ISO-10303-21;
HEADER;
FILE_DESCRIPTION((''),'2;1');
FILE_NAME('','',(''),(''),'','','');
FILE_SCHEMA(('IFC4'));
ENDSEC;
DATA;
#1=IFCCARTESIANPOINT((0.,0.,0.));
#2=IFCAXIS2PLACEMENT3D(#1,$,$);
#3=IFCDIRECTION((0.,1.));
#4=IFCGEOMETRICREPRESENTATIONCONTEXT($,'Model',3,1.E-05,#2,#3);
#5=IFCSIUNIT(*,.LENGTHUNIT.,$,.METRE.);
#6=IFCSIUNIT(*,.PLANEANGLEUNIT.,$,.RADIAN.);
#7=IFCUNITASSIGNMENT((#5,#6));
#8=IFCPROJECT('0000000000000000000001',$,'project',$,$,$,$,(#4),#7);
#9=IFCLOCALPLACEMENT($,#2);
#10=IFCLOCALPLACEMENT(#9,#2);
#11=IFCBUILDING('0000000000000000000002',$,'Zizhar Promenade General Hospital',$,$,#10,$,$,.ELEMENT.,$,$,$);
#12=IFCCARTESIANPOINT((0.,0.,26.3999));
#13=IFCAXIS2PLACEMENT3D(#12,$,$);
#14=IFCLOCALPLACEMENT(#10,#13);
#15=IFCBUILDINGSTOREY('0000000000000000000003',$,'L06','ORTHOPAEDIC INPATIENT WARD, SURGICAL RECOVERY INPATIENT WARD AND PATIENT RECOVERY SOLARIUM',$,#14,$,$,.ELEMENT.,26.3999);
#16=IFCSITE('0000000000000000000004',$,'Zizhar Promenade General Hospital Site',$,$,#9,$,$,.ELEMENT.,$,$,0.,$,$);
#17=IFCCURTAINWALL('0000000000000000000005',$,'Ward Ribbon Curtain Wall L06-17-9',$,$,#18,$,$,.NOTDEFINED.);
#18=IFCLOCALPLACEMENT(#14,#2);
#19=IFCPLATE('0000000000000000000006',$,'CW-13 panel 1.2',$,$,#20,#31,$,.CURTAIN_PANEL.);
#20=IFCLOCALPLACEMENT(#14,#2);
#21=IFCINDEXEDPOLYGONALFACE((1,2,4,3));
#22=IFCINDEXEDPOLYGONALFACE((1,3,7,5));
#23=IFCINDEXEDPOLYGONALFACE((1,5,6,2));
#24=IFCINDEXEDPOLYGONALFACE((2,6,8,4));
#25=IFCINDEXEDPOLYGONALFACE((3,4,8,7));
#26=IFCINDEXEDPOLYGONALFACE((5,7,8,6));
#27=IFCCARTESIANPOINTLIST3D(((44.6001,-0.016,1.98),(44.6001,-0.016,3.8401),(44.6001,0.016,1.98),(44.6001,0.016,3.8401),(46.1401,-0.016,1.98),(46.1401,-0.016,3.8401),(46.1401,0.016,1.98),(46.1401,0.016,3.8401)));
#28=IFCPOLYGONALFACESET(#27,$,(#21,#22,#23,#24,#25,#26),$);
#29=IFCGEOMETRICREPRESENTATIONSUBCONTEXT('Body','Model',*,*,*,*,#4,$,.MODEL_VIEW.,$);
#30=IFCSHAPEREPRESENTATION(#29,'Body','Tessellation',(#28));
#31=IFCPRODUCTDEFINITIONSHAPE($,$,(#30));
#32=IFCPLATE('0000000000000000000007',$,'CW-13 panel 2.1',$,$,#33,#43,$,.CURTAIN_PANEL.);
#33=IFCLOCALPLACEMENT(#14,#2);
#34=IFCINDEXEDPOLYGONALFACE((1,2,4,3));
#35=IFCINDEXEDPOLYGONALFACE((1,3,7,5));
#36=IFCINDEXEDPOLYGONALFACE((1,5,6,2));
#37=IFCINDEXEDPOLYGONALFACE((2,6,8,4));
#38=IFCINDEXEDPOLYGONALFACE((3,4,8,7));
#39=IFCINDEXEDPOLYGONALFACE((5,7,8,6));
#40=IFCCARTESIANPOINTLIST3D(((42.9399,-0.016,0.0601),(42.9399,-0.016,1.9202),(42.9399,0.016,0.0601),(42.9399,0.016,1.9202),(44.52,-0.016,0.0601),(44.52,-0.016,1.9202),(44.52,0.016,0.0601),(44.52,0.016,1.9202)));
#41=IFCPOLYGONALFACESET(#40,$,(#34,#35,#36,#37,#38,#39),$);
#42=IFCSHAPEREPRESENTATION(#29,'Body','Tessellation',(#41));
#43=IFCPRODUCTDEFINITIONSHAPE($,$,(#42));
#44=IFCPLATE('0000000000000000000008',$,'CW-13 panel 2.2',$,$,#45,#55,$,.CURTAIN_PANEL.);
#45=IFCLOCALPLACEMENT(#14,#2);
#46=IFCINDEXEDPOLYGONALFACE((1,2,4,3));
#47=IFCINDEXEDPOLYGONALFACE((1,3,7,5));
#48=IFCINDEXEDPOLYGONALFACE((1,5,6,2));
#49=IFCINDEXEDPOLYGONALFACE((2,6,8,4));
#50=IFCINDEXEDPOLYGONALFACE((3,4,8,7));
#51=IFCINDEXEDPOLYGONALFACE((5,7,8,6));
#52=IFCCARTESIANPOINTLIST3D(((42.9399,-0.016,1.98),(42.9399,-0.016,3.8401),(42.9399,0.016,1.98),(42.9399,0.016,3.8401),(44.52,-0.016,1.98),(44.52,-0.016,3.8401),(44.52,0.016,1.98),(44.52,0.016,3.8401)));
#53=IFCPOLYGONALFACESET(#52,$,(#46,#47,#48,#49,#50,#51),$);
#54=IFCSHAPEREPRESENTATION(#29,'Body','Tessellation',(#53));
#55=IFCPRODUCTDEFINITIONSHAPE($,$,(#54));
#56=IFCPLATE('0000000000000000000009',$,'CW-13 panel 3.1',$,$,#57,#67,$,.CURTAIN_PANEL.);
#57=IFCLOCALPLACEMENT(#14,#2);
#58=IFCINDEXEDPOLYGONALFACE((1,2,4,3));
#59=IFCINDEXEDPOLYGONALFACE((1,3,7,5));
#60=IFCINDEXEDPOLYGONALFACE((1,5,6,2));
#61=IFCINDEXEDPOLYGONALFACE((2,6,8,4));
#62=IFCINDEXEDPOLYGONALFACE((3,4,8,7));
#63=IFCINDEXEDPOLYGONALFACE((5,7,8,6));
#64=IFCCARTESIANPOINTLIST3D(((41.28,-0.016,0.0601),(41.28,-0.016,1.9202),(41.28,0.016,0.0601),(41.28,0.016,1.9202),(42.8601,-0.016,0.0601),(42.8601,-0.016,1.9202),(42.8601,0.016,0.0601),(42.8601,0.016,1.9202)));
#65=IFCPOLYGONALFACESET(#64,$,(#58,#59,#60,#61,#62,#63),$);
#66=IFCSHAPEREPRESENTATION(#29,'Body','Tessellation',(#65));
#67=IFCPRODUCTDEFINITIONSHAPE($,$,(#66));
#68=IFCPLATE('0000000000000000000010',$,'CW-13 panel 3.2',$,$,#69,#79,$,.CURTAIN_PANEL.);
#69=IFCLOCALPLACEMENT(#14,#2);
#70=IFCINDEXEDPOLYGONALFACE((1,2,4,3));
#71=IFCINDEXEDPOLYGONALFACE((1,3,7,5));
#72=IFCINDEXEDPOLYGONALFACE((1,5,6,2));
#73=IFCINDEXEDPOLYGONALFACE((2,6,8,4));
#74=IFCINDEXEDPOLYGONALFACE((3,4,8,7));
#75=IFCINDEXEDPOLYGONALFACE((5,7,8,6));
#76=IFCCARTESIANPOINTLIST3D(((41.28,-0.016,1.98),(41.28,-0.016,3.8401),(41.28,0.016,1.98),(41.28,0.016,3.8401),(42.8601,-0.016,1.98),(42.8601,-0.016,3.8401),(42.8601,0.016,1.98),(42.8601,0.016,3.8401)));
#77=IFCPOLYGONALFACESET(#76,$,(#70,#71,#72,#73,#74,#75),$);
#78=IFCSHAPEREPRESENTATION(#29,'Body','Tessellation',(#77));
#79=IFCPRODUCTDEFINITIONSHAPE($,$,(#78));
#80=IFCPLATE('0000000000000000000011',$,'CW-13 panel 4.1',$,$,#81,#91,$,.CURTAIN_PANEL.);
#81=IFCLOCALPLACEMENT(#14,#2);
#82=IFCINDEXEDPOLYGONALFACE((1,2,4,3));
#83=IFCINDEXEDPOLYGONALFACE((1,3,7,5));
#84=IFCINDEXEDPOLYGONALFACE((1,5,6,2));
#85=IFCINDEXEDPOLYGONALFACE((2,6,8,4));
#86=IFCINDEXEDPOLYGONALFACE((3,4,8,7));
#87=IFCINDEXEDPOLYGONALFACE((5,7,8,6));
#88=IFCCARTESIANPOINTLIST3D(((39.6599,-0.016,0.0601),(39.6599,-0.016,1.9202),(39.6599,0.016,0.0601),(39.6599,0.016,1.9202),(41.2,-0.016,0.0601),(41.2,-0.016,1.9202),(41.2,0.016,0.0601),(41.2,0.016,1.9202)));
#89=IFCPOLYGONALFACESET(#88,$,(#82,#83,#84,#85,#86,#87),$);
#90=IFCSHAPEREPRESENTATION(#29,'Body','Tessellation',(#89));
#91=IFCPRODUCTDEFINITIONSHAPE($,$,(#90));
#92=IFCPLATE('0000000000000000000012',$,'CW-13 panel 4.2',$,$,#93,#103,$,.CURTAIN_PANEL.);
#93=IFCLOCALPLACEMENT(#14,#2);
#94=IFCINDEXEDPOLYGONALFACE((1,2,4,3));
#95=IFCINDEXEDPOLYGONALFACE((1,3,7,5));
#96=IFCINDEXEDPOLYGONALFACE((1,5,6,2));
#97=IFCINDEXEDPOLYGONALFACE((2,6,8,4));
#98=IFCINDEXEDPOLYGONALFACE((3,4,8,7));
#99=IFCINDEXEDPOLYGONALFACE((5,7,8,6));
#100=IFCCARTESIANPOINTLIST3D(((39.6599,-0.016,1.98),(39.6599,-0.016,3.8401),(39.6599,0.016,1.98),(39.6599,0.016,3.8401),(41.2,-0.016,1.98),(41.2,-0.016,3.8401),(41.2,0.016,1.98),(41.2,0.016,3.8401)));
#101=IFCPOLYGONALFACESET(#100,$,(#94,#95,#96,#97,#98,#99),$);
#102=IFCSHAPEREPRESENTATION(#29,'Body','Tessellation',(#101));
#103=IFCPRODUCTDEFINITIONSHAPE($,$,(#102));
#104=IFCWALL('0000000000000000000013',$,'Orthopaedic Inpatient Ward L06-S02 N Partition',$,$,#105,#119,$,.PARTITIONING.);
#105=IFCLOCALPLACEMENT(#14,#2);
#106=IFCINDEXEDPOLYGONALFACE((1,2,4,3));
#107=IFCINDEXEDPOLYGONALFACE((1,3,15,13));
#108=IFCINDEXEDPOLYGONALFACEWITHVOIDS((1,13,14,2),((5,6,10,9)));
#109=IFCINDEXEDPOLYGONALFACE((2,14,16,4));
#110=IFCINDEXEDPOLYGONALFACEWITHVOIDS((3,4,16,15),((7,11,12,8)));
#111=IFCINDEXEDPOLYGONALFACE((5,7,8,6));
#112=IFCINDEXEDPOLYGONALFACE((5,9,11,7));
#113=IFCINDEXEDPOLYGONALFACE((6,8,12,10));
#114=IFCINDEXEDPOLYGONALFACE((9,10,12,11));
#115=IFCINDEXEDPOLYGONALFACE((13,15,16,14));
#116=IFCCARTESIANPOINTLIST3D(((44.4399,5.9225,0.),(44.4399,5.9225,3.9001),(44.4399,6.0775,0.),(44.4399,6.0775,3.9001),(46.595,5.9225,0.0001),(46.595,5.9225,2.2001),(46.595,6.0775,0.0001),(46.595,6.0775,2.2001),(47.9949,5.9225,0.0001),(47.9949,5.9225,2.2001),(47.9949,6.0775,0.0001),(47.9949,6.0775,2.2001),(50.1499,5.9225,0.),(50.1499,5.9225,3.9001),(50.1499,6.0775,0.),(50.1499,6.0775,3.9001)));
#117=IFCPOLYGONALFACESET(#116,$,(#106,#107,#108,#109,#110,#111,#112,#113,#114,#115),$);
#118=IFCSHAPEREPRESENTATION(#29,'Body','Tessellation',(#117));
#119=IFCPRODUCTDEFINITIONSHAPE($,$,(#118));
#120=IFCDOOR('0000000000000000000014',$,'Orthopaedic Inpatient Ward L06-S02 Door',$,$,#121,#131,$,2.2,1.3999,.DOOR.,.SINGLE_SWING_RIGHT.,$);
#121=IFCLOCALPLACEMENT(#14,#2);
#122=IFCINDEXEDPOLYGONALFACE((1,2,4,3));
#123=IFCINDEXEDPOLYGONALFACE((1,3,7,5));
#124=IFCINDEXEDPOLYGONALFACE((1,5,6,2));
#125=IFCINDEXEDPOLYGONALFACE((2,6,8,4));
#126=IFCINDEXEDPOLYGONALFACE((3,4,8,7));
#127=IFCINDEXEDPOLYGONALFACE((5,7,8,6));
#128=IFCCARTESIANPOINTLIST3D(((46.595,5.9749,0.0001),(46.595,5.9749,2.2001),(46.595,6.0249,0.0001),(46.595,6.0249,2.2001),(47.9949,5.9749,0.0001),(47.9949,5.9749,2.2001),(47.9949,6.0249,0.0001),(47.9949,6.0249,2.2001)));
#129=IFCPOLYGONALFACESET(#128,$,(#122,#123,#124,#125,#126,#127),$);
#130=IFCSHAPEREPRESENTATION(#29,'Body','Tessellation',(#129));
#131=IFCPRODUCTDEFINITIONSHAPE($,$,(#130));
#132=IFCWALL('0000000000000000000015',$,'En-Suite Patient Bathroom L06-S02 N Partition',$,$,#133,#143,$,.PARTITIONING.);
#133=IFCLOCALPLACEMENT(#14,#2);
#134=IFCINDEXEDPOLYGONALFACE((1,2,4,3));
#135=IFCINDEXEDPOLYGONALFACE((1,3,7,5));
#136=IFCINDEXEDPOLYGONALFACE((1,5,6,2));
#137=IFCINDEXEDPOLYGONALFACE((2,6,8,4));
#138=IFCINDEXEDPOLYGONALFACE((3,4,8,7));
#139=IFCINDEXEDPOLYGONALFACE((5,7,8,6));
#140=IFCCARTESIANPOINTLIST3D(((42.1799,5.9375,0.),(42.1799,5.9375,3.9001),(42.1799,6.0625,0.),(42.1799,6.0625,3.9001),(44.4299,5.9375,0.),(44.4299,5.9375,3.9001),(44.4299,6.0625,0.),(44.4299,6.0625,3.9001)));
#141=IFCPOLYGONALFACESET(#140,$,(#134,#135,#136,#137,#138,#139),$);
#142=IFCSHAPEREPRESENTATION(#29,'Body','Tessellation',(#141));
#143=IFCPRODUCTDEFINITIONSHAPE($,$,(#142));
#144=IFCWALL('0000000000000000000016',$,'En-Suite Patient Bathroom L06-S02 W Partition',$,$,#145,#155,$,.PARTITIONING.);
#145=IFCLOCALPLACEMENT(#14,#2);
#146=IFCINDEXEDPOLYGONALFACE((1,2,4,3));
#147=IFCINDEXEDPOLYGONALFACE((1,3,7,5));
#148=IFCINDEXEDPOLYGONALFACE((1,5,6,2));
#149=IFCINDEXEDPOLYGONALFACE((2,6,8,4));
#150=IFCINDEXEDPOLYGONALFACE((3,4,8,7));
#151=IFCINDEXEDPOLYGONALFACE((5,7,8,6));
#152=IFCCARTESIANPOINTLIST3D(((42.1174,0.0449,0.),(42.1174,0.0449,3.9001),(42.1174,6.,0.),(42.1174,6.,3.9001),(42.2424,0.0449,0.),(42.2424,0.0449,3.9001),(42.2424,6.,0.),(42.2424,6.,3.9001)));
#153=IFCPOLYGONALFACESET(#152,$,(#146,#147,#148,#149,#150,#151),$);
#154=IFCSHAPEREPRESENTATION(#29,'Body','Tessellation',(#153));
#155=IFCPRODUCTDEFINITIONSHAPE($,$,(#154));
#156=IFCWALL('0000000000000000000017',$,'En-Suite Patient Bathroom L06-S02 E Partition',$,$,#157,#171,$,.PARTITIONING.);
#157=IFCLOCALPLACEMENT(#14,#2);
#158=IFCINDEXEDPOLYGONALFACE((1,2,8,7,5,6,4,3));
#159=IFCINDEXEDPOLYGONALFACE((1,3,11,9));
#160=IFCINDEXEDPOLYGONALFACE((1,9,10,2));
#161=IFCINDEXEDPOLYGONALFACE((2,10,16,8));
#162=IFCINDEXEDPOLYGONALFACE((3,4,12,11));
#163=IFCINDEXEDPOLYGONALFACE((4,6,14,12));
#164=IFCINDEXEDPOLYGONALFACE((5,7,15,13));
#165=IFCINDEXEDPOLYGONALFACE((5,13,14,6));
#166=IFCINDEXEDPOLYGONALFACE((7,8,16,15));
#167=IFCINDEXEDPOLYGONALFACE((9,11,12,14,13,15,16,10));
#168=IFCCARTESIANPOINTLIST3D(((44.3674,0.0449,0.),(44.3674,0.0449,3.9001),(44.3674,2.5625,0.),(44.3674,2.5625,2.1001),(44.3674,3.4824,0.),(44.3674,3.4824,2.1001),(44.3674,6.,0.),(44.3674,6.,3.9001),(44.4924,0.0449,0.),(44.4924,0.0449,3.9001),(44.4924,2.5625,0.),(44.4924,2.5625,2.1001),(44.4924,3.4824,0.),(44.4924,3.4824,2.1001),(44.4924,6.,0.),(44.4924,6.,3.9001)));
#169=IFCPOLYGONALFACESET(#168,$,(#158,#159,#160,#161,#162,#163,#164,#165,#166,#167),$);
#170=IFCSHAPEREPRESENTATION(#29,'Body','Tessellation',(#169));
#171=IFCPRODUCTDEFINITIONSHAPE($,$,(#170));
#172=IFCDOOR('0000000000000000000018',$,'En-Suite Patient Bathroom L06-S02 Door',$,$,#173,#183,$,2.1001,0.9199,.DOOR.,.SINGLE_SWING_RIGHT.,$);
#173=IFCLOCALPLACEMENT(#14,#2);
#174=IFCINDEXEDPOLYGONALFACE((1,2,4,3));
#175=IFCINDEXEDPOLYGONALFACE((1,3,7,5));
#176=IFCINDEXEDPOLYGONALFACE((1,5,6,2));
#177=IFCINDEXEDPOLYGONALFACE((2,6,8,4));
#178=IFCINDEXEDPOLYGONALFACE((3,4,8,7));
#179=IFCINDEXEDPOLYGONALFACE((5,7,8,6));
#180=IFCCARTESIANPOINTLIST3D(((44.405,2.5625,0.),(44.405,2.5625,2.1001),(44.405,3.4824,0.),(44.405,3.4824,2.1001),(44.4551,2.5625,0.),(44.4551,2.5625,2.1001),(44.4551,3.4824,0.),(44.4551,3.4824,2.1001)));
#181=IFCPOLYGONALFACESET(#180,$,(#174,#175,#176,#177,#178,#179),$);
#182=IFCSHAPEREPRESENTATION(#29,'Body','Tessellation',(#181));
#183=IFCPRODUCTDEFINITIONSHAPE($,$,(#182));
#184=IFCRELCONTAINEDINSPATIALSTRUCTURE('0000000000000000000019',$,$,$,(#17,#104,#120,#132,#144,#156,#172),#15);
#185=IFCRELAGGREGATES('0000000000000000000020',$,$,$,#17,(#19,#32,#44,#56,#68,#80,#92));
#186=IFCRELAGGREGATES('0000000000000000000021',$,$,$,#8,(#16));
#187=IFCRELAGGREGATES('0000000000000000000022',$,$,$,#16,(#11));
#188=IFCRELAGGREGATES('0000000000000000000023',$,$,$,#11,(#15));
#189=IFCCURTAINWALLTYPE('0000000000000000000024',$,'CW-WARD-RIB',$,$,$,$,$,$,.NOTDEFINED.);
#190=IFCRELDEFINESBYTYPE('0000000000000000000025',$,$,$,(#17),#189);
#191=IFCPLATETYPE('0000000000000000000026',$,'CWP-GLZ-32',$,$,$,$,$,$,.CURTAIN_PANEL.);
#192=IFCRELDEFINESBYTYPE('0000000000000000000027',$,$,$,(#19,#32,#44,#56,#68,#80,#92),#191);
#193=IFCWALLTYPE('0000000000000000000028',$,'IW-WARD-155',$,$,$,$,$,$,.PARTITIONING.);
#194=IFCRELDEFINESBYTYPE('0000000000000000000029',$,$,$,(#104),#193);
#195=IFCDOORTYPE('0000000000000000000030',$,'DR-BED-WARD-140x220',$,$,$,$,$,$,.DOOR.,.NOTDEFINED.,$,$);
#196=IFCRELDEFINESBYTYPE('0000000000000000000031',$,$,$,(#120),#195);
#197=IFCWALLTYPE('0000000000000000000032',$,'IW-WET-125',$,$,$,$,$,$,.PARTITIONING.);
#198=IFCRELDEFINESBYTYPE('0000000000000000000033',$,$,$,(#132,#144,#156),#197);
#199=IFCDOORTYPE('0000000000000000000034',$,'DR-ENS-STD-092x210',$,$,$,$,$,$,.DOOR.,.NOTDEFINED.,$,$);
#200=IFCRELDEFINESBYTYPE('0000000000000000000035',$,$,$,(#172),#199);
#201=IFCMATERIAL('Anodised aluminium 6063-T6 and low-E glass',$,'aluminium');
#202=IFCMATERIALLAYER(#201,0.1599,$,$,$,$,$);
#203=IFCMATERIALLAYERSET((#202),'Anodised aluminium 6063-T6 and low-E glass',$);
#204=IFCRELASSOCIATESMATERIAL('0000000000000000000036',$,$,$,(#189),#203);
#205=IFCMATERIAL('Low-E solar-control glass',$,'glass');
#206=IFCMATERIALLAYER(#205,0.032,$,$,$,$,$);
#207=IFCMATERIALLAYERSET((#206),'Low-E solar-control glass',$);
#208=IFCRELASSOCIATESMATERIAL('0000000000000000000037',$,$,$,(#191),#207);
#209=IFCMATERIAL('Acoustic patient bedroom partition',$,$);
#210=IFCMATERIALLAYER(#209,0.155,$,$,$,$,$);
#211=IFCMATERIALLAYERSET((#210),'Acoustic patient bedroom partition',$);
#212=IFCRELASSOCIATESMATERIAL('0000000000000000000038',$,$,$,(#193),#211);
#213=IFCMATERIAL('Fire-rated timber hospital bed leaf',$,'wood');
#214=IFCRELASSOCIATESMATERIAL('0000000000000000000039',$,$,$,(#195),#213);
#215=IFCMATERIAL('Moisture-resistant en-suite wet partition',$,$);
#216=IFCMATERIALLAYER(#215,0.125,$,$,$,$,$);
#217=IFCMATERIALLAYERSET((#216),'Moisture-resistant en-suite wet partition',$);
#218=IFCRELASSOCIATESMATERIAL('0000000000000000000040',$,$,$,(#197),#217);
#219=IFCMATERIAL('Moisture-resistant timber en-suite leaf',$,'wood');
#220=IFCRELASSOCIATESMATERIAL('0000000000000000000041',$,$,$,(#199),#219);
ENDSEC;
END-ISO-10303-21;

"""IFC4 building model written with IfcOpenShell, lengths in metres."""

from ifc_helpers import new_model, si_unit, direction, frame, frame_2d, origin, origin_2d, place, context, subcontext, project, spatial, rectangle, extrude, material, layer, layer_set, type_object, element, fill, aggregate, save


model = new_model("IFC4")

# Units and contexts
model_context = context("Model", 3, precision=1e-05, world=origin(), true_north=direction((0.0, 1.0)))
body_context = subcontext(model_context, "Body", "Model", "MODEL_VIEW")
ifc_project = project(units=[si_unit("LENGTHUNIT", "METRE"), si_unit("PLANEANGLEUNIT", "RADIAN")], contexts=[model_context])

# Site, building, storey
site_placement = place(None, origin())
site = spatial("IfcSite", under=ifc_project, at=site_placement, Name="Zizhar Promenade General Hospital Site", CompositionType="ELEMENT", RefElevation=0.0)
building_placement = place(site_placement, origin())
building = spatial("IfcBuilding", under=site, at=building_placement, Name="Zizhar Promenade General Hospital", CompositionType="ELEMENT")
storey_placement = place(building_placement, frame((0.0, 0.0, 26.3999)))
storey = spatial("IfcBuildingStorey", under=building, at=storey_placement, Name="L06", Description="ORTHOPAEDIC INPATIENT WARD, SURGICAL RECOVERY INPATIENT WARD AND PATIENT RECOVERY SOLARIUM", CompositionType="ELEMENT", Elevation=26.3999)

# Curtain wall, plates
ifc_material_1 = material(Name="Anodised aluminium 6063-T6 and low-E glass", Category="aluminium")
ifc_layer_1 = layer(ifc_material_1, 0.1599)
ifc_layer_set_1 = layer_set([ifc_layer_1], Name="Anodised aluminium 6063-T6 and low-E glass")
curtain_wall_type = type_object("IfcCurtainWallType", Name="CW-WARD-RIB", PredefinedType="NOTDEFINED", material=ifc_layer_set_1)
curtain_wall_placement = place(storey_placement, origin())
curtain_wall = element("IfcCurtainWall", 1, at=curtain_wall_placement, inside=storey, type_object=curtain_wall_type, Name="Ward Ribbon Curtain Wall L06-17-9", PredefinedType="NOTDEFINED")
ifc_material_2 = material(Name="Low-E solar-control glass", Category="glass")
ifc_layer_2 = layer(ifc_material_2, 0.032)
ifc_layer_set_2 = layer_set([ifc_layer_2], Name="Low-E solar-control glass")
plate_type = type_object("IfcPlateType", Name="CWP-GLZ-32", PredefinedType="CURTAIN_PANEL", material=ifc_layer_set_2)
plate_1_placement = place(storey_placement, frame((45.3701, 0.0, 1.98), z_axis=(0.0, 0.0, 1.0), x_axis=(-1.0, 0.0, 0.0)))
plate_1 = element("IfcPlate", 2, at=plate_1_placement, type_object=plate_type, Name="CW-13 panel 1.2", PredefinedType="CURTAIN_PANEL", context=body_context, shape_type="SweptSolid", body=[
    extrude(rectangle(XDim=1.54, YDim=0.032, at=origin_2d()), origin(), (0.0, 0.0, 1.0), 1.8601),
])
plate_2_placement = place(storey_placement, frame((43.73, 0.0, 0.0601), z_axis=(0.0, 0.0, 1.0), x_axis=(-1.0, 0.0, 0.0)))
plate_2 = element("IfcPlate", 3, at=plate_2_placement, type_object=plate_type, Name="CW-13 panel 2.1", PredefinedType="CURTAIN_PANEL", context=body_context, shape_type="SweptSolid", body=[
    extrude(rectangle(XDim=1.5801, YDim=0.032, at=origin_2d()), origin(), (0.0, 0.0, 1.0), 1.8601),
])
plate_3_placement = place(storey_placement, frame((43.73, 0.0, 1.98), z_axis=(0.0, 0.0, 1.0), x_axis=(-1.0, 0.0, 0.0)))
plate_3 = element("IfcPlate", 4, at=plate_3_placement, type_object=plate_type, Name="CW-13 panel 2.2", PredefinedType="CURTAIN_PANEL", context=body_context, shape_type="SweptSolid", body=[
    extrude(rectangle(XDim=1.5801, YDim=0.032, at=origin_2d()), origin(), (0.0, 0.0, 1.0), 1.8601),
])
plate_4_placement = place(storey_placement, frame((42.0701, 0.0, 0.0601), z_axis=(0.0, 0.0, 1.0), x_axis=(-1.0, 0.0, 0.0)))
plate_4 = element("IfcPlate", 5, at=plate_4_placement, type_object=plate_type, Name="CW-13 panel 3.1", PredefinedType="CURTAIN_PANEL", context=body_context, shape_type="SweptSolid", body=[
    extrude(rectangle(XDim=1.5801, YDim=0.032, at=origin_2d()), origin(), (0.0, 0.0, 1.0), 1.8601),
])
plate_5_placement = place(storey_placement, frame((42.0701, 0.0, 1.98), z_axis=(0.0, 0.0, 1.0), x_axis=(-1.0, 0.0, 0.0)))
plate_5 = element("IfcPlate", 6, at=plate_5_placement, type_object=plate_type, Name="CW-13 panel 3.2", PredefinedType="CURTAIN_PANEL", context=body_context, shape_type="SweptSolid", body=[
    extrude(rectangle(XDim=1.5801, YDim=0.032, at=origin_2d()), origin(), (0.0, 0.0, 1.0), 1.8601),
])
plate_6_placement = place(storey_placement, frame((40.4299, 0.0, 0.0601), z_axis=(0.0, 0.0, 1.0), x_axis=(-1.0, 0.0, 0.0)))
plate_6 = element("IfcPlate", 7, at=plate_6_placement, type_object=plate_type, Name="CW-13 panel 4.1", PredefinedType="CURTAIN_PANEL", context=body_context, shape_type="SweptSolid", body=[
    extrude(rectangle(XDim=1.54, YDim=0.032, at=origin_2d()), origin(), (0.0, 0.0, 1.0), 1.8601),
])
plate_7_placement = place(storey_placement, frame((40.4299, 0.0, 1.98), z_axis=(0.0, 0.0, 1.0), x_axis=(-1.0, 0.0, 0.0)))
plate_7 = element("IfcPlate", 8, at=plate_7_placement, type_object=plate_type, Name="CW-13 panel 4.2", PredefinedType="CURTAIN_PANEL", context=body_context, shape_type="SweptSolid", body=[
    extrude(rectangle(XDim=1.54, YDim=0.032, at=origin_2d()), origin(), (0.0, 0.0, 1.0), 1.8601),
])
aggregate(curtain_wall, [plate_1, plate_2, plate_3, plate_4, plate_5, plate_6, plate_7])

# Wall, opening, door
ifc_material_3 = material(Name="Acoustic patient bedroom partition")
ifc_layer_3 = layer(ifc_material_3, 0.155)
ifc_layer_set_3 = layer_set([ifc_layer_3], Name="Acoustic patient bedroom partition")
wall_type_1 = type_object("IfcWallType", Name="IW-WARD-155", PredefinedType="PARTITIONING", material=ifc_layer_set_3)
wall_1_placement = place(storey_placement, frame((44.4399, 6.0, 0.0), z_axis=(0.0, 0.0, 1.0), x_axis=(1.0, 0.0, 0.0)))
wall_1 = element("IfcWall", 9, at=wall_1_placement, inside=storey, type_object=wall_type_1, Name="Orthopaedic Inpatient Ward L06-S02 N Partition", PredefinedType="PARTITIONING", context=body_context, shape_type="SweptSolid", body=[
    extrude(rectangle(XDim=5.71, YDim=0.155, at=frame_2d((2.855, 0.0))), origin(), (0.0, 0.0, 1.0), 3.9001),
])
opening_1_placement = place(wall_1_placement, frame((2.155, 0.0, 0.0)))
opening_1 = element("IfcOpeningElement", 10, at=opening_1_placement, cuts=wall_1, PredefinedType="OPENING", context=body_context, shape_type="SweptSolid", body=[
    extrude(rectangle(XDim=1.3999, YDim=2.2, at=frame_2d((0.7, 1.1001))), frame((0.0, 0.0874, 0.0), z_axis=(0.0, -1.0, 0.0), x_axis=(1.0, 0.0, 0.0)), (0.0, 0.0, 1.0), 0.175),
])
ifc_material_4 = material(Name="Fire-rated timber hospital bed leaf", Category="wood")
door_type_1 = type_object("IfcDoorType", Name="DR-BED-WARD-140x220", OperationType="NOTDEFINED", PredefinedType="DOOR", material=ifc_material_4)
door_1_placement = place(opening_1_placement, origin())
door_1 = element("IfcDoor", 11, at=door_1_placement, inside=storey, type_object=door_type_1, Name="Orthopaedic Inpatient Ward L06-S02 Door", OperationType="SINGLE_SWING_RIGHT", OverallHeight=2.2, OverallWidth=1.3999, PredefinedType="DOOR", context=body_context, shape_type="SweptSolid", body=[
    extrude(rectangle(XDim=1.3999, YDim=2.2, at=frame_2d((0.7, 1.1001))), frame((0.0, 0.0249, 0.0), z_axis=(0.0, -1.0, 0.0), x_axis=(1.0, 0.0, 0.0)), (0.0, 0.0, 1.0), 0.05),
])
fill(opening_1, door_1)

# Walls
ifc_material_5 = material(Name="Moisture-resistant en-suite wet partition")
ifc_layer_4 = layer(ifc_material_5, 0.125)
ifc_layer_set_4 = layer_set([ifc_layer_4], Name="Moisture-resistant en-suite wet partition")
wall_type_2 = type_object("IfcWallType", Name="IW-WET-125", PredefinedType="PARTITIONING", material=ifc_layer_set_4)
wall_2_placement = place(storey_placement, frame((42.1799, 6.0, 0.0), z_axis=(0.0, 0.0, 1.0), x_axis=(1.0, 0.0, 0.0)))
element("IfcWall", 12, at=wall_2_placement, inside=storey, type_object=wall_type_2, Name="En-Suite Patient Bathroom L06-S02 N Partition", PredefinedType="PARTITIONING", context=body_context, shape_type="SweptSolid", body=[
    extrude(rectangle(XDim=2.25, YDim=0.125, at=frame_2d((1.125, 0.0))), origin(), (0.0, 0.0, 1.0), 3.9001),
])
wall_3_placement = place(storey_placement, frame((42.1799, 0.0449, 0.0), z_axis=(0.0, 0.0, 1.0), x_axis=(0.0, 1.0, 0.0)))
element("IfcWall", 13, at=wall_3_placement, inside=storey, type_object=wall_type_2, Name="En-Suite Patient Bathroom L06-S02 W Partition", PredefinedType="PARTITIONING", context=body_context, shape_type="SweptSolid", body=[
    extrude(rectangle(XDim=5.9551, YDim=0.125, at=frame_2d((2.9775, 0.0))), origin(), (0.0, 0.0, 1.0), 3.9001),
])

# Wall, opening, door
wall_4_placement = place(storey_placement, frame((44.4299, 0.0449, 0.0), z_axis=(0.0, 0.0, 1.0), x_axis=(0.0, 1.0, 0.0)))
wall_4 = element("IfcWall", 14, at=wall_4_placement, inside=storey, type_object=wall_type_2, Name="En-Suite Patient Bathroom L06-S02 E Partition", PredefinedType="PARTITIONING", context=body_context, shape_type="SweptSolid", body=[
    extrude(rectangle(XDim=5.9551, YDim=0.125, at=frame_2d((2.9775, 0.0))), origin(), (0.0, 0.0, 1.0), 3.9001),
])
opening_2_placement = place(wall_4_placement, frame((2.5176, 0.0, 0.0)))
opening_2 = element("IfcOpeningElement", 15, at=opening_2_placement, cuts=wall_4, PredefinedType="OPENING", context=body_context, shape_type="SweptSolid", body=[
    extrude(rectangle(XDim=0.9199, YDim=2.1001, at=frame_2d((0.46, 1.05))), frame((0.0, 0.0725, 0.0), z_axis=(0.0, -1.0, 0.0), x_axis=(1.0, 0.0, 0.0)), (0.0, 0.0, 1.0), 0.145),
])
ifc_material_6 = material(Name="Moisture-resistant timber en-suite leaf", Category="wood")
door_type_2 = type_object("IfcDoorType", Name="DR-ENS-STD-092x210", OperationType="NOTDEFINED", PredefinedType="DOOR", material=ifc_material_6)
door_2_placement = place(opening_2_placement, origin())
door_2 = element("IfcDoor", 16, at=door_2_placement, inside=storey, type_object=door_type_2, Name="En-Suite Patient Bathroom L06-S02 Door", OperationType="SINGLE_SWING_RIGHT", OverallHeight=2.1001, OverallWidth=0.9199, PredefinedType="DOOR", context=body_context, shape_type="SweptSolid", body=[
    extrude(rectangle(XDim=0.9199, YDim=2.1001, at=frame_2d((0.46, 1.05))), frame((0.0, 0.0249, 0.0), z_axis=(0.0, -1.0, 0.0), x_axis=(1.0, 0.0, 0.0)), (0.0, 0.0, 1.0), 0.05),
])
fill(opening_2, door_2)

save(model, "model.ifc")
